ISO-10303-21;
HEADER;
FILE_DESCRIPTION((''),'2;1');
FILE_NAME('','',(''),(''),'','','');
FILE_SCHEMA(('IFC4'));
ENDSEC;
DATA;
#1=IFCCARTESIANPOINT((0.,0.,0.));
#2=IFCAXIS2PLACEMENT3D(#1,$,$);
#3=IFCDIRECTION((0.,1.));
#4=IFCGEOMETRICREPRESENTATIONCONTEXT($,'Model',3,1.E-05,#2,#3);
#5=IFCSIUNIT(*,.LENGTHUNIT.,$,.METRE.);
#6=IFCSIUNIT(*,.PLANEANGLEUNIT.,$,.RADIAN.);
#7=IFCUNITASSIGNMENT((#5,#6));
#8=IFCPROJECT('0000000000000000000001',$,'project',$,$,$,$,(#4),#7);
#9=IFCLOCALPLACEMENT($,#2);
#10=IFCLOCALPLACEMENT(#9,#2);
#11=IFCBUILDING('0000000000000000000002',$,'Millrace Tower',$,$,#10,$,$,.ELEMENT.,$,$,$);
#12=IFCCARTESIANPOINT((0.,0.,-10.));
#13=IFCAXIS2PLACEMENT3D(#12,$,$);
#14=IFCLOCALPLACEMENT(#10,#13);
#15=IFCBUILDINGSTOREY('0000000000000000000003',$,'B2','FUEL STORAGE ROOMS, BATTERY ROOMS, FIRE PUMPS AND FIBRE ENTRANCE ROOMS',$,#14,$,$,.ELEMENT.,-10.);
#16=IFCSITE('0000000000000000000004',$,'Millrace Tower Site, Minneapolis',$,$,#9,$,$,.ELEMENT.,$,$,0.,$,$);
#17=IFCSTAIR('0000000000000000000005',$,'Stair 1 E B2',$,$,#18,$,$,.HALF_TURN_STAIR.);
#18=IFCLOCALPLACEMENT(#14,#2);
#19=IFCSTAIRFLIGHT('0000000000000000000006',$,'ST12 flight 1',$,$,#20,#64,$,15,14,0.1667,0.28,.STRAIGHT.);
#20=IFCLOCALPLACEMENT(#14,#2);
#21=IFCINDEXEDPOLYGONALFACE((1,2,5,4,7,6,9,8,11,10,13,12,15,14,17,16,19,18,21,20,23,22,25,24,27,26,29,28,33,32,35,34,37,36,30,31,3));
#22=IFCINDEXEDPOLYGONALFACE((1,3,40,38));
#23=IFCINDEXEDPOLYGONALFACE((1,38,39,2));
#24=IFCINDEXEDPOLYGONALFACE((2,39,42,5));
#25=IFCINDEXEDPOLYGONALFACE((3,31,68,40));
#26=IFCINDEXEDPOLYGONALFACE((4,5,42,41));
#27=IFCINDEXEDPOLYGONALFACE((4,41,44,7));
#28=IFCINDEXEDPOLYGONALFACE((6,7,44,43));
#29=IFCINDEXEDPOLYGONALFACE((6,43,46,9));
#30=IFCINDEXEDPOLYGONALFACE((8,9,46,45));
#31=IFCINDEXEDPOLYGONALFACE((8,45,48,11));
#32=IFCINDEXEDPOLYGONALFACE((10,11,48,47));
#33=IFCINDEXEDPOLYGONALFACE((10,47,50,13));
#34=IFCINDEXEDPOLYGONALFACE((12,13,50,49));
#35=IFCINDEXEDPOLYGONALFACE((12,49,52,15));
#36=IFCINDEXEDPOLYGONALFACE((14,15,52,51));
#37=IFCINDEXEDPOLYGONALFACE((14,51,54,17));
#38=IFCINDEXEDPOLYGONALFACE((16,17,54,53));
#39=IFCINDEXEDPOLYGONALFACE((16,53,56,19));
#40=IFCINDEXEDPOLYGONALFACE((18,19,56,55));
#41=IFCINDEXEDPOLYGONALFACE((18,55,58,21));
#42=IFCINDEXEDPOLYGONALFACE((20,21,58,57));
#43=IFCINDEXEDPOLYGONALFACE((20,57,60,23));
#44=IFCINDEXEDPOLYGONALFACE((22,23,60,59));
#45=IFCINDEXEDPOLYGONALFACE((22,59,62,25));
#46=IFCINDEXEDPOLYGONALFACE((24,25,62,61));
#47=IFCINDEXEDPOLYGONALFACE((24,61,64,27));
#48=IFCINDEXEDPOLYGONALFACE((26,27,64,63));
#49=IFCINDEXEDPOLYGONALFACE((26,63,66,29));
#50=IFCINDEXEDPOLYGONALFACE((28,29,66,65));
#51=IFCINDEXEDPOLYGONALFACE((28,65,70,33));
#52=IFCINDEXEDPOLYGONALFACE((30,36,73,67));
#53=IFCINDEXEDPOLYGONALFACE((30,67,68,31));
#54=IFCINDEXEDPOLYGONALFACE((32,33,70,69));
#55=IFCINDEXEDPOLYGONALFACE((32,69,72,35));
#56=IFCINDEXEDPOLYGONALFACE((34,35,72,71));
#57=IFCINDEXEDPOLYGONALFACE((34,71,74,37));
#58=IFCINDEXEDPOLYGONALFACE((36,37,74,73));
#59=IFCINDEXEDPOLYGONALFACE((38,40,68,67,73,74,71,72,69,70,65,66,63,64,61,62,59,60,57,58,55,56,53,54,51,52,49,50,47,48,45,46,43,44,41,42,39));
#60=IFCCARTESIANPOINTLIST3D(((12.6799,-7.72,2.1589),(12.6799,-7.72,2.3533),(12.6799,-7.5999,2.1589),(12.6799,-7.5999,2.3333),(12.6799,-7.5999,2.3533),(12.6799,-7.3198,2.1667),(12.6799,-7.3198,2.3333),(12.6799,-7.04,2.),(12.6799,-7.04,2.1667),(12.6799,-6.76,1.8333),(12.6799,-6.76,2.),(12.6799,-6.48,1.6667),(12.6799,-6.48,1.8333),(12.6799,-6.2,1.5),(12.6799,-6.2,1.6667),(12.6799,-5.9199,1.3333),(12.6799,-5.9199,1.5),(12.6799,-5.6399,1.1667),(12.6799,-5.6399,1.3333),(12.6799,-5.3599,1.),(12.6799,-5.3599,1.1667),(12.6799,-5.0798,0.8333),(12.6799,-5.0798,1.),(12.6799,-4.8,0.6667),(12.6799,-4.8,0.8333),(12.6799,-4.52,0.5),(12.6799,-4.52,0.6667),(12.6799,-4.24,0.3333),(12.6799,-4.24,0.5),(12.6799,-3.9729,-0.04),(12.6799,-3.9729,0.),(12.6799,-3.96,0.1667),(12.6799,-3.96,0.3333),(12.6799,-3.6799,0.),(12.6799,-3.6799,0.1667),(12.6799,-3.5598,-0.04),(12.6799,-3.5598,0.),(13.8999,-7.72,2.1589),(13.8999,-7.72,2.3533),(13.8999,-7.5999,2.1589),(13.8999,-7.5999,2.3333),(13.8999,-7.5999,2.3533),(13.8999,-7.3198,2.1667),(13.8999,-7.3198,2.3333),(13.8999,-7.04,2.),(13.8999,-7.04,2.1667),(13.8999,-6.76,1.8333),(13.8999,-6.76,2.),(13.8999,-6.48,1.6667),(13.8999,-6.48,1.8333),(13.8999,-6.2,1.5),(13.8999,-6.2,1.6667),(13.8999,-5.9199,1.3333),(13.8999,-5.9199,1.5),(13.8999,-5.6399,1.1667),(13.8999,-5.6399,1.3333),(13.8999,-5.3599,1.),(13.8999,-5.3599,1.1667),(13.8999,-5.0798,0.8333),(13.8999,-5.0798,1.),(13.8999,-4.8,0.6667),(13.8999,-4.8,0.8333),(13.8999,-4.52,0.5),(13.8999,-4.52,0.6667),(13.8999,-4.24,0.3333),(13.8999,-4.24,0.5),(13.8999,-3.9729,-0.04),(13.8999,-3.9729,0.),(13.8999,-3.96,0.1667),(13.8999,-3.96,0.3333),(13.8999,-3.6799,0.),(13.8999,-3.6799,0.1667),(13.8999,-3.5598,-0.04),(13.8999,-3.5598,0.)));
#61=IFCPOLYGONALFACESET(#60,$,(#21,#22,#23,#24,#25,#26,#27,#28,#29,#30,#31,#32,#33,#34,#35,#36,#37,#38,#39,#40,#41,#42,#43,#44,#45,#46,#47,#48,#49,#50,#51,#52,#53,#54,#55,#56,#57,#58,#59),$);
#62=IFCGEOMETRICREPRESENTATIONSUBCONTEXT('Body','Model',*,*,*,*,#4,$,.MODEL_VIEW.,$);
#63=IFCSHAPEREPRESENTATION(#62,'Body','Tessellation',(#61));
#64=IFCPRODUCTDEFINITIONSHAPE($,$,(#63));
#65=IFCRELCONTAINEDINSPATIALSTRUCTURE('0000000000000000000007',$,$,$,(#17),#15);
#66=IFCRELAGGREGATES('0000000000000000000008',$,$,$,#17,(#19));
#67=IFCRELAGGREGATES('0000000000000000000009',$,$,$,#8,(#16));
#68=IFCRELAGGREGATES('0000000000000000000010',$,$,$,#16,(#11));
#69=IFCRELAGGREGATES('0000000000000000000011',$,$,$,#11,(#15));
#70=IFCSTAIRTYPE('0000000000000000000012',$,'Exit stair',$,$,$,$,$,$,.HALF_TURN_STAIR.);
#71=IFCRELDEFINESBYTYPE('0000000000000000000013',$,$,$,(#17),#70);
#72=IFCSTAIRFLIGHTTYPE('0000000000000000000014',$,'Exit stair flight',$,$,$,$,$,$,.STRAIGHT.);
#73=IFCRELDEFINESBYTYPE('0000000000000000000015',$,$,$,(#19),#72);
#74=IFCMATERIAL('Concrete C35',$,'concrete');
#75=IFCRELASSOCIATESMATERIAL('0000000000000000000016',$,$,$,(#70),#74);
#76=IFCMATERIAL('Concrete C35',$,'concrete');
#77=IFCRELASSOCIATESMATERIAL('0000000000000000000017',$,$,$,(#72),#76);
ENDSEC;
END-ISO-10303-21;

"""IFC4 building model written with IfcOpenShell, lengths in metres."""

from ifc_helpers import new_model, si_unit, direction, frame, origin, place, context, subcontext, project, spatial, polyline, outline, extrude, material, type_object, element, aggregate, save


model = new_model("IFC4")

# Units and contexts
model_context = context("Model", 3, precision=1e-05, world=origin(), true_north=direction((0.0, 1.0)))
body_context = subcontext(model_context, "Body", "Model", "MODEL_VIEW")
ifc_project = project(units=[si_unit("LENGTHUNIT", "METRE"), si_unit("PLANEANGLEUNIT", "RADIAN")], contexts=[model_context])

# Site, building, storey
site_placement = place(None, origin())
site = spatial("IfcSite", under=ifc_project, at=site_placement, Name="Millrace Tower Site, Minneapolis", CompositionType="ELEMENT", RefElevation=0.0)
building_placement = place(site_placement, origin())
building = spatial("IfcBuilding", under=site, at=building_placement, Name="Millrace Tower", CompositionType="ELEMENT")
storey_placement = place(building_placement, frame((0.0, 0.0, -10.0)))
storey = spatial("IfcBuildingStorey", under=building, at=storey_placement, Name="B2", Description="FUEL STORAGE ROOMS, BATTERY ROOMS, FIRE PUMPS AND FIBRE ENTRANCE ROOMS", CompositionType="ELEMENT", Elevation=-10.0)

# Stair, stair flight
ifc_material_1 = material(Name="Concrete C35", Category="concrete")
stair_type = type_object("IfcStairType", Name="Exit stair", PredefinedType="HALF_TURN_STAIR", material=ifc_material_1)
stair_placement = place(storey_placement, origin())
stair = element("IfcStair", 1, at=stair_placement, inside=storey, type_object=stair_type, Name="Stair 1 E B2", PredefinedType="HALF_TURN_STAIR")
ifc_material_2 = material(Name="Concrete C35", Category="concrete")
stair_flight_type = type_object("IfcStairFlightType", Name="Exit stair flight", PredefinedType="STRAIGHT", material=ifc_material_2)
stair_flight_placement = place(storey_placement, frame((13.29, -3.6799, 0.0), z_axis=(0.0, 0.0, 1.0), x_axis=(0.0, -1.0, 0.0)))
stair_flight = element("IfcStairFlight", 2, at=stair_flight_placement, type_object=stair_flight_type, Name="ST12 flight 1", NumberOfRisers=15, NumberOfTreads=14, PredefinedType="STRAIGHT", RiserHeight=0.1667, TreadLength=0.28, context=body_context, shape_type="SweptSolid", body=[
    extrude(outline(polyline([(-0.1201, -0.04), (-0.1201, 0.0), (0.0, 0.0), (0.0, 0.1667), (0.28, 0.1667), (0.28, 0.3333), (0.5601, 0.3333), (0.5601, 0.5), (0.8401, 0.5), (0.8401, 0.6667), (1.1201, 0.6667), (1.1201, 0.8333), (1.3999, 0.8333), (1.3999, 1.0), (1.6799, 1.0), (1.6799, 1.1667), (1.96, 1.1667), (1.96, 1.3333), (2.24, 1.3333), (2.24, 1.5), (2.52, 1.5), (2.52, 1.6667), (2.8, 1.6667), (2.8, 1.8333), (3.0801, 1.8333), (3.0801, 2.0), (3.3601, 2.0), (3.3601, 2.1667), (3.6399, 2.1667), (3.6399, 2.3333), (3.9199, 2.3333), (3.9199, 2.3533), (4.04, 2.3533), (4.04, 2.1589), (3.9199, 2.1589), (0.293, 0.0), (0.293, -0.04), (-0.1201, -0.04)])), frame((0.0, 0.6099, 0.0), z_axis=(0.0, -1.0, 0.0), x_axis=(1.0, 0.0, 0.0)), (0.0, 0.0, 1.0), 1.22),
])
aggregate(stair, [stair_flight])

save(model, "model.ifc")
